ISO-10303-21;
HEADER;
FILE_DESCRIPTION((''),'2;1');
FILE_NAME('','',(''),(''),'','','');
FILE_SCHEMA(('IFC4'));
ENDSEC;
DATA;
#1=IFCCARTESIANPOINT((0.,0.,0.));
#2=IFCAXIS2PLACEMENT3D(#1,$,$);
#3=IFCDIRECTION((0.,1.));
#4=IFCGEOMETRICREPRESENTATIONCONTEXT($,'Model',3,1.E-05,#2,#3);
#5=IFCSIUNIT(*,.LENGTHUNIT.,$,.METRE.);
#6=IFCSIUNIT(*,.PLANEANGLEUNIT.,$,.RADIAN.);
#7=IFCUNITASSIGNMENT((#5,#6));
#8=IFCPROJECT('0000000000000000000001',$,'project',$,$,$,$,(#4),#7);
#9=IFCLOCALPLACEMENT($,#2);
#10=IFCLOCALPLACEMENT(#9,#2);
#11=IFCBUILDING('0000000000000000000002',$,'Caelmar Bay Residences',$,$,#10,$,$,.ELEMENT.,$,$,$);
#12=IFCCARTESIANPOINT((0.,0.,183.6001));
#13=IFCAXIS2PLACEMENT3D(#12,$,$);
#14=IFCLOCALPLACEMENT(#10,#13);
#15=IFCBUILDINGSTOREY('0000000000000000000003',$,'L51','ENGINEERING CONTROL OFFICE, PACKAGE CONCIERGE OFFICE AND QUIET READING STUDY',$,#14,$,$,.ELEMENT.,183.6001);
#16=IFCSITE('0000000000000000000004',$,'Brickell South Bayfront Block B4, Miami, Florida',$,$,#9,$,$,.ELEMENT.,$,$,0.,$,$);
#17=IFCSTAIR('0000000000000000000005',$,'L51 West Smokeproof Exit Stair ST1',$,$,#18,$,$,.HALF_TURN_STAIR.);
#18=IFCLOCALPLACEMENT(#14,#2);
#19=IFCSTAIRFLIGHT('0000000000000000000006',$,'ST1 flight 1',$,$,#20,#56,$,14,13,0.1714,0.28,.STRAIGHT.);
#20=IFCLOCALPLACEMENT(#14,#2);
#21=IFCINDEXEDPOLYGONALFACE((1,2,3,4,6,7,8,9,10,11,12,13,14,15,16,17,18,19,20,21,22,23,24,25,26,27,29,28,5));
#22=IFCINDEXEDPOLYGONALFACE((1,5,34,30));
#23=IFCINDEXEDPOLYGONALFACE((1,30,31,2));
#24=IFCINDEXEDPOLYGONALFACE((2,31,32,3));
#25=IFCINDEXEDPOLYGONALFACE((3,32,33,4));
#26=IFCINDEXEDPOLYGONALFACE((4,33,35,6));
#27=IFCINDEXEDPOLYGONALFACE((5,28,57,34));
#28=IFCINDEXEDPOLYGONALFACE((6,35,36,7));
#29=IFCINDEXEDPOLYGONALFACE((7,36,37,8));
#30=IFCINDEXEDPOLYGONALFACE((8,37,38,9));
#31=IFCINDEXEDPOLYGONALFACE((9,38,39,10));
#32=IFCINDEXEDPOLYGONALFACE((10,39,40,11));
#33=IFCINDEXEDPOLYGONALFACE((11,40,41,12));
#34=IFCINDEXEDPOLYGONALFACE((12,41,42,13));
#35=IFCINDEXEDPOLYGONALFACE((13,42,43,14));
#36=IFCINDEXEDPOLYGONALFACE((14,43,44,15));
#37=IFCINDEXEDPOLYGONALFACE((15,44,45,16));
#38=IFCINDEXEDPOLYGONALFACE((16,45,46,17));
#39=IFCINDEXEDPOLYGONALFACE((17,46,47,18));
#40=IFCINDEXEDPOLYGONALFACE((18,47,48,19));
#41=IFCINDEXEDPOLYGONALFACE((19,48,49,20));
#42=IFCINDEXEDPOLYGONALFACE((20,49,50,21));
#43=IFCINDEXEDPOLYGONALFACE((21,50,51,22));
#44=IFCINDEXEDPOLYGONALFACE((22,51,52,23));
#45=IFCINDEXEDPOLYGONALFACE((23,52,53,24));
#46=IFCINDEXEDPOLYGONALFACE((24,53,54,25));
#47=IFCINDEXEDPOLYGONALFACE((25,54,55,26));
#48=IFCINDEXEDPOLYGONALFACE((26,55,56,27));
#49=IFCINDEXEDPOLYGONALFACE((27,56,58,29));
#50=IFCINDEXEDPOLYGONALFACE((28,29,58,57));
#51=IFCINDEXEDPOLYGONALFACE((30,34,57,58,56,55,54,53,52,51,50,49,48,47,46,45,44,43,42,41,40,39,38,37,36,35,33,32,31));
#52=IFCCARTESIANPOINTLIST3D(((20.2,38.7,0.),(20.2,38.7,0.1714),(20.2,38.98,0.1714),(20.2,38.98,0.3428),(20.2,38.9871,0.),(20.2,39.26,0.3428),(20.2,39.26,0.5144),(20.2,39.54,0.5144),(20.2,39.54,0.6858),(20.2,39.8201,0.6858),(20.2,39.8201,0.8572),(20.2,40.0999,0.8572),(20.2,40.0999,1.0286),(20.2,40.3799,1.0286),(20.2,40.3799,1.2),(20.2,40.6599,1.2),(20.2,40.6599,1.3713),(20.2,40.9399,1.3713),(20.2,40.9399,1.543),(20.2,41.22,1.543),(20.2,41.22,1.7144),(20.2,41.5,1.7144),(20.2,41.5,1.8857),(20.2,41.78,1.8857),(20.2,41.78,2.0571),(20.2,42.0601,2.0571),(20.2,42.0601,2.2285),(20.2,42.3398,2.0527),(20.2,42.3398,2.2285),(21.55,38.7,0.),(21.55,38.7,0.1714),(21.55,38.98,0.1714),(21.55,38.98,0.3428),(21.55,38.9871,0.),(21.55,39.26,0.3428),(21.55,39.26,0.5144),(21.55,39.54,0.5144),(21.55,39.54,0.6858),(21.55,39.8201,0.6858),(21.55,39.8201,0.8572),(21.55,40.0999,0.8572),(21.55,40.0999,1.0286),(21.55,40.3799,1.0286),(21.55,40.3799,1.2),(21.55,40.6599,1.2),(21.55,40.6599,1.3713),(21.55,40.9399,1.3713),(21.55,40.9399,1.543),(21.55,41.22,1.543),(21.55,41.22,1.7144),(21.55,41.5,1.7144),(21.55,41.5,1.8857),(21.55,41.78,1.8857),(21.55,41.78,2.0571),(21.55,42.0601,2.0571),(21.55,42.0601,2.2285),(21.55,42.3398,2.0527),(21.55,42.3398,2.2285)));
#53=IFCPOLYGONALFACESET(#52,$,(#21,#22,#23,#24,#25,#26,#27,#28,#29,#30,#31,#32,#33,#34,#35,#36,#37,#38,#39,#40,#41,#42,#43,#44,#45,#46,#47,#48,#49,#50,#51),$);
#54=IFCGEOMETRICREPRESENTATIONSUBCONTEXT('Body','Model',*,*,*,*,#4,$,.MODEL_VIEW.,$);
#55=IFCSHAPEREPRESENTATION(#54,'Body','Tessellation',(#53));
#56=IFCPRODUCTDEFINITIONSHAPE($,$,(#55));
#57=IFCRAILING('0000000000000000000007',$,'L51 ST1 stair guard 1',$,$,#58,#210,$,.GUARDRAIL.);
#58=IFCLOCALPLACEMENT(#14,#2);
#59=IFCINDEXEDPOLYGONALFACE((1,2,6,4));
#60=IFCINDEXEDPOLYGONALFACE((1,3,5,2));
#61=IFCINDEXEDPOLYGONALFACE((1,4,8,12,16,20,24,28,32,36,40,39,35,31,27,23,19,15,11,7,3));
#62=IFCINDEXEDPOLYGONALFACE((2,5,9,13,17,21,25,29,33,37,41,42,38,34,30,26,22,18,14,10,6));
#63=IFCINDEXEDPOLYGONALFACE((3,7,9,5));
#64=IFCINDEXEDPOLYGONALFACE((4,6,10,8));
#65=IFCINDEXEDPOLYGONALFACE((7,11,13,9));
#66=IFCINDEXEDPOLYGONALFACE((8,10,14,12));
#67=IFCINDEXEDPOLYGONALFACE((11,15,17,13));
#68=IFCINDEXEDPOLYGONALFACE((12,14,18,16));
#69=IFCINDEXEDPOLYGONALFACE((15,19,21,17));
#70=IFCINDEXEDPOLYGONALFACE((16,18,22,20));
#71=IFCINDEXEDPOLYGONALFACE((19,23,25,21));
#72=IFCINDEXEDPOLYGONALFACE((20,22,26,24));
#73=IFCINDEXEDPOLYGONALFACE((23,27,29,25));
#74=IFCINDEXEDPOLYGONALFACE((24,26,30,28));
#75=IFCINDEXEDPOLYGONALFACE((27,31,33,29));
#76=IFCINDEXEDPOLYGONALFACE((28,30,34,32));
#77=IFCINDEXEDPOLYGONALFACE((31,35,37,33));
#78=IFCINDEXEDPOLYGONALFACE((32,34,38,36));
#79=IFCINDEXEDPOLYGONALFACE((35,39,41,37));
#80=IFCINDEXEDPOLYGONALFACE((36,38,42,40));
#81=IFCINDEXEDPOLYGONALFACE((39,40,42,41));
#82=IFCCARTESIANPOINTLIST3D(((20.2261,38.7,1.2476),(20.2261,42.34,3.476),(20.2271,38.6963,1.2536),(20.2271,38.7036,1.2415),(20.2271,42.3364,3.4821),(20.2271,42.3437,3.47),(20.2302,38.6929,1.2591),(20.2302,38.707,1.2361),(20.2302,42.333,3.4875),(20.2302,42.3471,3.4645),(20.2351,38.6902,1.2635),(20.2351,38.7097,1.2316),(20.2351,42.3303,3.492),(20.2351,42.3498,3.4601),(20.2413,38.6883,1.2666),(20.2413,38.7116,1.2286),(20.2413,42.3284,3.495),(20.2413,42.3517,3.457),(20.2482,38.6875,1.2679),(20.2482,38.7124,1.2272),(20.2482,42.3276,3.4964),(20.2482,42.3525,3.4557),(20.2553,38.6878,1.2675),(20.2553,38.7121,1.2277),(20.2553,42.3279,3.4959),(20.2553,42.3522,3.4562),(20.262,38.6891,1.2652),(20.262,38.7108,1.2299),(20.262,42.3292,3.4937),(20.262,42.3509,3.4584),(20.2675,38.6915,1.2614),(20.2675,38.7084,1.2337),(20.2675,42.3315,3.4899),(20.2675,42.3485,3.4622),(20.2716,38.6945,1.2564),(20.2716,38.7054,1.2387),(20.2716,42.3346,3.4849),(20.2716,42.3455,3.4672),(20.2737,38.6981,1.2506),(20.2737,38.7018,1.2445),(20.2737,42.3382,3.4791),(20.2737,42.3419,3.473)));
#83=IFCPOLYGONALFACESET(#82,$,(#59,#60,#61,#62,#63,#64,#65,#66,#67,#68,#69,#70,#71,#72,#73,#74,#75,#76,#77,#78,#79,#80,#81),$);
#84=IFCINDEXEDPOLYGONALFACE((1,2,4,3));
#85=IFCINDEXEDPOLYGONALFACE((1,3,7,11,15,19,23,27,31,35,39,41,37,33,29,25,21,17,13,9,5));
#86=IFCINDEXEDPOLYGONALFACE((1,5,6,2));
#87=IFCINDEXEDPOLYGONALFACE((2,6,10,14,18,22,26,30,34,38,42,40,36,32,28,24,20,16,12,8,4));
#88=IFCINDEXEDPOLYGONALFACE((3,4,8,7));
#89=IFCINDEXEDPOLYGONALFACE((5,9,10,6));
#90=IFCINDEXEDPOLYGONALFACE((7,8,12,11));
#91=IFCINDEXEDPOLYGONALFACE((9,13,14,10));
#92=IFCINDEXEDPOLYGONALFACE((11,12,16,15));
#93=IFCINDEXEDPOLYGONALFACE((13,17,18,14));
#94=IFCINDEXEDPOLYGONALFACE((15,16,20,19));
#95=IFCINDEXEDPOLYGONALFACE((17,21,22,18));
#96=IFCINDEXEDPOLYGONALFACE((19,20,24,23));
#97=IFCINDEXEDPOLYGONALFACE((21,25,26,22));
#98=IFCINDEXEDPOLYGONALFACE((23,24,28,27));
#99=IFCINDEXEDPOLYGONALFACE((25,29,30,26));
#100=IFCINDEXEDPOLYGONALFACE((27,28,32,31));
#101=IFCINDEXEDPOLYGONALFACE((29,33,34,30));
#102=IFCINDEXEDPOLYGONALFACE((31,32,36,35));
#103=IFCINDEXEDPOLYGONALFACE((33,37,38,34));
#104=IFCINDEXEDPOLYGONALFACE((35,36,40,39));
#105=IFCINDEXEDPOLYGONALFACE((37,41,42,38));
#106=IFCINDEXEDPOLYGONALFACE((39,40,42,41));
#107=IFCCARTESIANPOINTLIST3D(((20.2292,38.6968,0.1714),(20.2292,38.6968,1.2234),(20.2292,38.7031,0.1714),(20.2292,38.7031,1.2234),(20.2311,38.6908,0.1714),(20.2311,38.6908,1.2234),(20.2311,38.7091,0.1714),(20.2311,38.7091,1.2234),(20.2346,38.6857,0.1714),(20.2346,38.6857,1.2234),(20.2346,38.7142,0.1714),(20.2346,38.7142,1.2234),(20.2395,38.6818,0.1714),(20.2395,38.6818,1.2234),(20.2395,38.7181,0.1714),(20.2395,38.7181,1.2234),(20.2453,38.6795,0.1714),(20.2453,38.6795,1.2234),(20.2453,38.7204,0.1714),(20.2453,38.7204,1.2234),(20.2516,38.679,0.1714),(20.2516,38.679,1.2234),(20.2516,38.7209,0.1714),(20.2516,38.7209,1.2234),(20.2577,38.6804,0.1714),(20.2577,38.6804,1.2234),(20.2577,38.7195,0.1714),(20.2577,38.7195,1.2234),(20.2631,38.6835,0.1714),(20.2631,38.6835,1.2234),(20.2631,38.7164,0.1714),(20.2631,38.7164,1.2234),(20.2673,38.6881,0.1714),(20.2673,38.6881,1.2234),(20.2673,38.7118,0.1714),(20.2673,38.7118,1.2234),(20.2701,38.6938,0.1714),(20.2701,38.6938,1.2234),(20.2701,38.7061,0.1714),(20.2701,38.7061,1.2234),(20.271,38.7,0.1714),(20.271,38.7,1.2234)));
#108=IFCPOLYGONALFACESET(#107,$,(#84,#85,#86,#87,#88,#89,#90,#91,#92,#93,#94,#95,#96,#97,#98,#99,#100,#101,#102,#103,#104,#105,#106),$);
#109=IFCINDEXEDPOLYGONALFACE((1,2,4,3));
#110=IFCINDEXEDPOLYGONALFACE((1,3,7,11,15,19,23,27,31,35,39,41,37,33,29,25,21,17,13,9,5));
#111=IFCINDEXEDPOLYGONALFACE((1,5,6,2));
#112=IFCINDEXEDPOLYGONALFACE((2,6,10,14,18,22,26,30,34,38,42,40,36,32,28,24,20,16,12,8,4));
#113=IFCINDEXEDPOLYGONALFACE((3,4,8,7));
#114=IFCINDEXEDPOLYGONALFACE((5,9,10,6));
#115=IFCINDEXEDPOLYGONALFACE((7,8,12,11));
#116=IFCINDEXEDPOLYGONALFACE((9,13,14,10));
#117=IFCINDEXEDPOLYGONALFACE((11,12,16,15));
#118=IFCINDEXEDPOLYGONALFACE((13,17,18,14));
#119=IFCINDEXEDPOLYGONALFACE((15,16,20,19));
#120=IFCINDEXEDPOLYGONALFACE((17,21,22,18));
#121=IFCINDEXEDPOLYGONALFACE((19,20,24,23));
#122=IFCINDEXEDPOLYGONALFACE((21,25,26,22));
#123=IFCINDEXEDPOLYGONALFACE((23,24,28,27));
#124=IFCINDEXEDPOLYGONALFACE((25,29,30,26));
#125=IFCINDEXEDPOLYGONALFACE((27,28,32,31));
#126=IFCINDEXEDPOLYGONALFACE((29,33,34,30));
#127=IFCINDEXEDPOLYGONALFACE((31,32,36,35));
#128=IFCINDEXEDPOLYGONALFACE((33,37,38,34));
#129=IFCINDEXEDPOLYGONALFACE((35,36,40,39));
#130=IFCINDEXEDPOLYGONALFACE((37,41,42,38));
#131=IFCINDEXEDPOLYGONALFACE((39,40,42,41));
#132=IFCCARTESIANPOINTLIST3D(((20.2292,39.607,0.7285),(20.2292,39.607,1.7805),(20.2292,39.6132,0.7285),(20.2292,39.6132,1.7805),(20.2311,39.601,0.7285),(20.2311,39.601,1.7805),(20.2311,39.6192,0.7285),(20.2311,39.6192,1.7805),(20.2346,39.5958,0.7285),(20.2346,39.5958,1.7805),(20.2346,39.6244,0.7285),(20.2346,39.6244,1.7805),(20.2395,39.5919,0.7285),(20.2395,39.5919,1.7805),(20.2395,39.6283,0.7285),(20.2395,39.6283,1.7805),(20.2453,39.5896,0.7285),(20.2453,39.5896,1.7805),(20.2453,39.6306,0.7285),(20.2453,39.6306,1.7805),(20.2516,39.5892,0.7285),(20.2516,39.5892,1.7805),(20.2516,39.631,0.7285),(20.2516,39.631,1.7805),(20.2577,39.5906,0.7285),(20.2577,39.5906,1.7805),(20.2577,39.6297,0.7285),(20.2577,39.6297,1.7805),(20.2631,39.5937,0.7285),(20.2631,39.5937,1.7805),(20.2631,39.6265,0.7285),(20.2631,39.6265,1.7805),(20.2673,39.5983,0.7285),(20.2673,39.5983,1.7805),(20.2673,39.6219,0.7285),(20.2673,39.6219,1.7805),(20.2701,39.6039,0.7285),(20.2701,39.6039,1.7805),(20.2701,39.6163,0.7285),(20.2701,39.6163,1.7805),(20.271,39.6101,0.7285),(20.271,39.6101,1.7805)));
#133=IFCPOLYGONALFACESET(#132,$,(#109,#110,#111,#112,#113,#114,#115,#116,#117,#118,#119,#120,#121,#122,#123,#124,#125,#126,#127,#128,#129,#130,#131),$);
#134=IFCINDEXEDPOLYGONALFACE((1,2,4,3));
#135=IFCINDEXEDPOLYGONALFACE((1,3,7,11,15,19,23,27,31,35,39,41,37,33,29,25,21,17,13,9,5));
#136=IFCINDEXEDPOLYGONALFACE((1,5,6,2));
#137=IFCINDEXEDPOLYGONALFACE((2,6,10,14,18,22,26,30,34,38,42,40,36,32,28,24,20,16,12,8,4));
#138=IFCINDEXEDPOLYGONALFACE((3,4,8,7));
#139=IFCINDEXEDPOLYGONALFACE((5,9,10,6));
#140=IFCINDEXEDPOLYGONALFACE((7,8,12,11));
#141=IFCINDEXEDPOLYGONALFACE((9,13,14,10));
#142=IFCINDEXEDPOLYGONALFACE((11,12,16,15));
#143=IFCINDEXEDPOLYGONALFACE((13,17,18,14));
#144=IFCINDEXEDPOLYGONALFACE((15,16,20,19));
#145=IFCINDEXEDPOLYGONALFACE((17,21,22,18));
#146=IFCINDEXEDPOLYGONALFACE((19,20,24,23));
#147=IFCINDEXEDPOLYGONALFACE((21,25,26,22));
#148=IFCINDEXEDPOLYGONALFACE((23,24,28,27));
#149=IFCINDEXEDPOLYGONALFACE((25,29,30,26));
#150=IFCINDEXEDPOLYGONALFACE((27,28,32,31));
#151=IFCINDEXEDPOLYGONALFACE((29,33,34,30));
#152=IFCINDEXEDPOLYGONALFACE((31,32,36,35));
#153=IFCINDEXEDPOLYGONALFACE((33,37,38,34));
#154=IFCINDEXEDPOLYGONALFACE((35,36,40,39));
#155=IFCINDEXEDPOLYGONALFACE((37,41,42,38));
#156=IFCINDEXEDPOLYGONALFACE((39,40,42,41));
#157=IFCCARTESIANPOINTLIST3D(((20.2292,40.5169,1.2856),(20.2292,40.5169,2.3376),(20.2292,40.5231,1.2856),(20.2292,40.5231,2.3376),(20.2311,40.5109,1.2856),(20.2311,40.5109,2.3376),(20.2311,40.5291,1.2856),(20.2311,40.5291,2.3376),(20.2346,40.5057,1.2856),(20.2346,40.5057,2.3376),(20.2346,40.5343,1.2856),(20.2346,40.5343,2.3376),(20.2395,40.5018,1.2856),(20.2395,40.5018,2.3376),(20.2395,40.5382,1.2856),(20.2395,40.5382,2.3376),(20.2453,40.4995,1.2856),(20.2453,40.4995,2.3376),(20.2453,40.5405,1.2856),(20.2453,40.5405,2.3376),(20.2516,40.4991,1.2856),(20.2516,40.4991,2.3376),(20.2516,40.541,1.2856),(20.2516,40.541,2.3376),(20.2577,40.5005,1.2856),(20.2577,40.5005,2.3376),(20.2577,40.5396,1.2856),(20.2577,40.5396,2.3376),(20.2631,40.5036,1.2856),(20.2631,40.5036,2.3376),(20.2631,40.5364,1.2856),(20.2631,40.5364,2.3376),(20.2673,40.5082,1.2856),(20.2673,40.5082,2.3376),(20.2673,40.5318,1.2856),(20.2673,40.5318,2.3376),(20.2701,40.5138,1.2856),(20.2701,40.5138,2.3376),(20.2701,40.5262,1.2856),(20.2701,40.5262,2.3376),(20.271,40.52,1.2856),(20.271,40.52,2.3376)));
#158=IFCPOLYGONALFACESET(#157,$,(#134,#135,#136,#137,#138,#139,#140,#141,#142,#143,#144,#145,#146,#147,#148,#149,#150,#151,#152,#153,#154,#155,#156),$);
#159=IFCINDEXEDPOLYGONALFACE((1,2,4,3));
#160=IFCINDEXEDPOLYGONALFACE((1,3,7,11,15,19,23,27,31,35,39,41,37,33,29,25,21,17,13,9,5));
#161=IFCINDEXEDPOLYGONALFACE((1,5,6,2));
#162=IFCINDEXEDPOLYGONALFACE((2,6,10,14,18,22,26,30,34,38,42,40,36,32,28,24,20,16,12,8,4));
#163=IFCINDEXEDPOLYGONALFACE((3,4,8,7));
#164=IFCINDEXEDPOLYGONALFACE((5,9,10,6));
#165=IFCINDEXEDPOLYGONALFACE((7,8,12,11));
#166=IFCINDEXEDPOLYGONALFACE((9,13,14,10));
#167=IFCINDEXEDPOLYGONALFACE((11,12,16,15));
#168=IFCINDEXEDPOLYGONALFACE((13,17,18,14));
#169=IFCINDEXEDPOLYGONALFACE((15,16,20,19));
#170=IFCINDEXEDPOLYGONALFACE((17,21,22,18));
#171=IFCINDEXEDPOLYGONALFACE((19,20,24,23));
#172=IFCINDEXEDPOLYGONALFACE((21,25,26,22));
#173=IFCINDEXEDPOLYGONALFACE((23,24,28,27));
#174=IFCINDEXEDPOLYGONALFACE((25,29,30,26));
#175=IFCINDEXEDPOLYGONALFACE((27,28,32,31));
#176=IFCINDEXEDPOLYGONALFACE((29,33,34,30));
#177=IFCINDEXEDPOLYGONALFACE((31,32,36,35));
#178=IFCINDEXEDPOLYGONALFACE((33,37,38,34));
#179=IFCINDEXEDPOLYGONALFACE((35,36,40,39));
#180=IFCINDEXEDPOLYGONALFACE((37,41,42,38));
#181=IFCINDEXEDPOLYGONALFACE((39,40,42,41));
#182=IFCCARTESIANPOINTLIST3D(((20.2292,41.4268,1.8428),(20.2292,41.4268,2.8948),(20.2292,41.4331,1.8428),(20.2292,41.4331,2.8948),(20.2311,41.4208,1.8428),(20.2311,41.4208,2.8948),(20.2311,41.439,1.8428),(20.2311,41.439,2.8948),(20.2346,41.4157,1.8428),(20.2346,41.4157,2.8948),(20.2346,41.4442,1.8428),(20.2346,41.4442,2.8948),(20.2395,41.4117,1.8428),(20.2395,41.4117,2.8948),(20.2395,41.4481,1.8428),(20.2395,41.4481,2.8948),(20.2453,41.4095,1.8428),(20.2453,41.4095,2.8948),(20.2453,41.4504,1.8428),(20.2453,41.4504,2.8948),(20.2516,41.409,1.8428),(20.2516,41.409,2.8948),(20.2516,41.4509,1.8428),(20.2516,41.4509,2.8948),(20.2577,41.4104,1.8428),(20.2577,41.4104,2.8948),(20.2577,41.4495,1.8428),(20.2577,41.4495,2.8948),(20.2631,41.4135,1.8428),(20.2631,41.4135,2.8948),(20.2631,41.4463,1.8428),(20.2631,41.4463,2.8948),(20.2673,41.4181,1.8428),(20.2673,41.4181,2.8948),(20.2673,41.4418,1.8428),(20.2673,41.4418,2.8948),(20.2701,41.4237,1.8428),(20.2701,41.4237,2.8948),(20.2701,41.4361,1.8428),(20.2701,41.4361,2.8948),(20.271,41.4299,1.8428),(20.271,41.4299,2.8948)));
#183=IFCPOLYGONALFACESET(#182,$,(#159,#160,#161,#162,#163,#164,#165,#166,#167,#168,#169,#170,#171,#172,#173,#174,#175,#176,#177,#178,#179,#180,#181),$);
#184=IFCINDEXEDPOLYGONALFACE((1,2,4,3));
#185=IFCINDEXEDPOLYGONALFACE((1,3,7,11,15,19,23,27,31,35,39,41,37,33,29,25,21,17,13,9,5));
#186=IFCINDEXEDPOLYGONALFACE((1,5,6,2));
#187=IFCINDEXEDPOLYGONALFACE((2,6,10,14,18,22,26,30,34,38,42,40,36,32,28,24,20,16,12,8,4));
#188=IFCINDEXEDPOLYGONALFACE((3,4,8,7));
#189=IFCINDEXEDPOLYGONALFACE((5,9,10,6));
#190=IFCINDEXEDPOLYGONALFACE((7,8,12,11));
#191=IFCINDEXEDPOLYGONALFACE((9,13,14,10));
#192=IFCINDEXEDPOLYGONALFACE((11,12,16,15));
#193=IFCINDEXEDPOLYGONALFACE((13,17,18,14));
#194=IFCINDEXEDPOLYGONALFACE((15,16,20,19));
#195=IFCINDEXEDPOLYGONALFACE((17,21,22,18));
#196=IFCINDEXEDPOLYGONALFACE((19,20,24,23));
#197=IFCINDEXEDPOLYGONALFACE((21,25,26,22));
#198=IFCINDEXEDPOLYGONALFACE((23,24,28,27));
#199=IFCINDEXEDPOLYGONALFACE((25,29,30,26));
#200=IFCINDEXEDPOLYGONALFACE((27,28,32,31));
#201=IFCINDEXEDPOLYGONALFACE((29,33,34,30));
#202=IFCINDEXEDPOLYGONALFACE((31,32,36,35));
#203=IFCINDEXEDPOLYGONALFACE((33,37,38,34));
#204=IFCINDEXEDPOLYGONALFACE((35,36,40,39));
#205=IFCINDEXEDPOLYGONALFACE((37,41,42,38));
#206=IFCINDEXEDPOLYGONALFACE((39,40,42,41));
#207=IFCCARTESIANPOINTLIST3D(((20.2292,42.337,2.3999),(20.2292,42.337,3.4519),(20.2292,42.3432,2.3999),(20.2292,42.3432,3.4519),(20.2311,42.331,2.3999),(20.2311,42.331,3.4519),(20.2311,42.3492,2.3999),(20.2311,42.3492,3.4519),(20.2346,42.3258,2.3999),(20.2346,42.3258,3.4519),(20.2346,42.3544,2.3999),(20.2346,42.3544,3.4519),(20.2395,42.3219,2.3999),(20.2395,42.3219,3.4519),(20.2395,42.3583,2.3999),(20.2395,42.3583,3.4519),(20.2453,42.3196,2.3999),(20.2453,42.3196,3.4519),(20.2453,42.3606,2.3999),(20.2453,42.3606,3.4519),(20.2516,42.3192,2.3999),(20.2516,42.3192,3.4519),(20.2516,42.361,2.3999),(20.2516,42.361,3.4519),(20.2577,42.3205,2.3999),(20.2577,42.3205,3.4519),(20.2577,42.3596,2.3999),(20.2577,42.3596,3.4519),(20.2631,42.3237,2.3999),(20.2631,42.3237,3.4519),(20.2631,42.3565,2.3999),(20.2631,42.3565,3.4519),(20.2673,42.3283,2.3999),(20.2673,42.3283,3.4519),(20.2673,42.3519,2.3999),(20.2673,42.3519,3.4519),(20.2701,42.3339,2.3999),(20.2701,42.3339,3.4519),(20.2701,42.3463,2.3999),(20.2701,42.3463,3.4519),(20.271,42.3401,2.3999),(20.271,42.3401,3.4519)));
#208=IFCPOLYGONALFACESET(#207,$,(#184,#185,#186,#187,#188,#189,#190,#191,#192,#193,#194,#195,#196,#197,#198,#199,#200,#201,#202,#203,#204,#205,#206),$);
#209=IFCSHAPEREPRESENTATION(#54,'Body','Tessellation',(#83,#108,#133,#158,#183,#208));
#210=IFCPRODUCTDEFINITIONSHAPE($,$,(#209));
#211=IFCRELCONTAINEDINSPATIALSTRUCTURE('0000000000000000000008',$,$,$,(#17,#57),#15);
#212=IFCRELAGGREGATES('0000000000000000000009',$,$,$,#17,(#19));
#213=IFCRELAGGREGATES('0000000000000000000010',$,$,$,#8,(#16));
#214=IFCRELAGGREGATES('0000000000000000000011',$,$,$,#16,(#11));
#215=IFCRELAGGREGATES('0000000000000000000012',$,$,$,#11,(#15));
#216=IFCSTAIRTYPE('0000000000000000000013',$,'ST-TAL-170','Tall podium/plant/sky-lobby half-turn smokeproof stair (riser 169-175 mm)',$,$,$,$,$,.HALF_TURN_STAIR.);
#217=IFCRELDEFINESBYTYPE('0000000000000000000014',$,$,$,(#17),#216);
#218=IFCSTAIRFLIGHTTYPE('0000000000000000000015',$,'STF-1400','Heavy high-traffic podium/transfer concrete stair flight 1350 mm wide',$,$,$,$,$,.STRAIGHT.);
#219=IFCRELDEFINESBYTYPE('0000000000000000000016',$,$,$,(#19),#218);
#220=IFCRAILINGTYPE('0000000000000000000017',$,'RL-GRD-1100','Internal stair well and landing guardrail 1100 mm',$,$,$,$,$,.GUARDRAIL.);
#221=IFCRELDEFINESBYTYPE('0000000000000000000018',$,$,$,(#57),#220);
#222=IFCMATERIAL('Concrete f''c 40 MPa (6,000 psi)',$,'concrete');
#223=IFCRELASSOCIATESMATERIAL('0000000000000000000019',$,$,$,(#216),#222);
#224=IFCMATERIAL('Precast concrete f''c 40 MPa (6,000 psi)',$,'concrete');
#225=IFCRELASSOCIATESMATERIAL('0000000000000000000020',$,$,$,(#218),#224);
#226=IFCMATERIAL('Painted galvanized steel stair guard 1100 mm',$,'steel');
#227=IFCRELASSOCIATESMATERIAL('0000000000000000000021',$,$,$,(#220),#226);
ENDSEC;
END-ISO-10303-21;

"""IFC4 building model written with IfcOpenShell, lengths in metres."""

from ifc_helpers import new_model, si_unit, direction, frame, origin, origin_2d, place, context, subcontext, project, spatial, polyline, circle, outline, extrude, material, type_object, element, aggregate, save


model = new_model("IFC4")

# Units and contexts
model_context = context("Model", 3, precision=1e-05, world=origin(), true_north=direction((0.0, 1.0)))
body_context = subcontext(model_context, "Body", "Model", "MODEL_VIEW")
ifc_project = project(units=[si_unit("LENGTHUNIT", "METRE"), si_unit("PLANEANGLEUNIT", "RADIAN")], contexts=[model_context])

# Site, building, storey
site_placement = place(None, origin())
site = spatial("IfcSite", under=ifc_project, at=site_placement, Name="Brickell South Bayfront Block B4, Miami, Florida", CompositionType="ELEMENT", RefElevation=0.0)
building_placement = place(site_placement, origin())
building = spatial("IfcBuilding", under=site, at=building_placement, Name="Caelmar Bay Residences", CompositionType="ELEMENT")
storey_placement = place(building_placement, frame((0.0, 0.0, 183.6001)))
storey = spatial("IfcBuildingStorey", under=building, at=storey_placement, Name="L51", Description="ENGINEERING CONTROL OFFICE, PACKAGE CONCIERGE OFFICE AND QUIET READING STUDY", CompositionType="ELEMENT", Elevation=183.6001)

# Stair, stair flight
ifc_material_1 = material(Name="Concrete f'c 40 MPa (6,000 psi)", Category="concrete")
stair_type = type_object("IfcStairType", Name="ST-TAL-170", Description="Tall podium/plant/sky-lobby half-turn smokeproof stair (riser 169-175 mm)", PredefinedType="HALF_TURN_STAIR", material=ifc_material_1)
stair_placement = place(storey_placement, origin())
stair = element("IfcStair", 1, at=stair_placement, inside=storey, type_object=stair_type, Name="L51 West Smokeproof Exit Stair ST1", PredefinedType="HALF_TURN_STAIR")
ifc_material_2 = material(Name="Precast concrete f'c 40 MPa (6,000 psi)", Category="concrete")
stair_flight_type = type_object("IfcStairFlightType", Name="STF-1400", Description="Heavy high-traffic podium/transfer concrete stair flight 1350 mm wide", PredefinedType="STRAIGHT", material=ifc_material_2)
stair_flight_placement = place(storey_placement, frame((20.875, 38.7, 0.0), z_axis=(0.0, 0.0, 1.0), x_axis=(0.0, 1.0, 0.0)))
stair_flight = element("IfcStairFlight", 2, at=stair_flight_placement, type_object=stair_flight_type, Name="ST1 flight 1", NumberOfRisers=14, NumberOfTreads=13, PredefinedType="STRAIGHT", RiserHeight=0.1714, TreadLength=0.28, context=body_context, shape_type="SweptSolid", body=[
    extrude(outline(polyline([(0.0, 0.0), (0.0, 0.1714), (0.28, 0.1714), (0.28, 0.3428), (0.5601, 0.3428), (0.5601, 0.5144), (0.8401, 0.5144), (0.8401, 0.6858), (1.1201, 0.6858), (1.1201, 0.8572), (1.3999, 0.8572), (1.3999, 1.0286), (1.6799, 1.0286), (1.6799, 1.2), (1.96, 1.2), (1.96, 1.3713), (2.24, 1.3713), (2.24, 1.543), (2.52, 1.543), (2.52, 1.7144), (2.8, 1.7144), (2.8, 1.8857), (3.0801, 1.8857), (3.0801, 2.0571), (3.3601, 2.0571), (3.3601, 2.2285), (3.6399, 2.2285), (3.6399, 2.3999), (3.6399, 2.0527), (0.2871, 0.0), (0.0, 0.0)])), frame((0.0, 0.675, 0.0), z_axis=(0.0, -1.0, 0.0), x_axis=(1.0, 0.0, 0.0)), (0.0, 0.0, 1.0), 1.3501),
])
aggregate(stair, [stair_flight])

# Railing
ifc_material_3 = material(Name="Painted galvanized steel stair guard 1100 mm", Category="steel")
railing_type_1 = type_object("IfcRailingType", Name="RL-GRD-1100", Description="Internal stair well and landing guardrail 1100 mm", PredefinedType="GUARDRAIL", material=ifc_material_3)
railing_1_placement = place(storey_placement, frame((20.25, 38.7, 0.1714)))
element("IfcRailing", 3, at=railing_1_placement, inside=storey, type_object=railing_type_1, Name="L51 ST1 stair guard 1", PredefinedType="GUARDRAIL", context=body_context, shape_type="SweptSolid", body=[
    extrude(circle(Radius=0.0239, at=origin_2d()), frame((0.0, 0.0, 1.0762), z_axis=(0.0, 0.852866, 0.52213), x_axis=(-1.0, 0.0, 0.0)), (0.0, 0.0, 1.0), 4.2681),
    extrude(circle(Radius=0.021, at=origin_2d()), origin(), (0.0, 0.0, 1.0), 1.052),
    extrude(circle(Radius=0.021, at=origin_2d()), frame((0.0, 0.9102, 0.5571)), (0.0, 0.0, 1.0), 1.052),
    extrude(circle(Radius=0.021, at=origin_2d()), frame((0.0, 1.8201, 1.1143)), (0.0, 0.0, 1.0), 1.052),
    extrude(circle(Radius=0.021, at=origin_2d()), frame((0.0, 2.73, 1.6714)), (0.0, 0.0, 1.0), 1.052),
    extrude(circle(Radius=0.021, at=origin_2d()), frame((0.0, 3.6401, 2.2285)), (0.0, 0.0, 1.0), 1.052),
])

save(model, "model.ifc")
